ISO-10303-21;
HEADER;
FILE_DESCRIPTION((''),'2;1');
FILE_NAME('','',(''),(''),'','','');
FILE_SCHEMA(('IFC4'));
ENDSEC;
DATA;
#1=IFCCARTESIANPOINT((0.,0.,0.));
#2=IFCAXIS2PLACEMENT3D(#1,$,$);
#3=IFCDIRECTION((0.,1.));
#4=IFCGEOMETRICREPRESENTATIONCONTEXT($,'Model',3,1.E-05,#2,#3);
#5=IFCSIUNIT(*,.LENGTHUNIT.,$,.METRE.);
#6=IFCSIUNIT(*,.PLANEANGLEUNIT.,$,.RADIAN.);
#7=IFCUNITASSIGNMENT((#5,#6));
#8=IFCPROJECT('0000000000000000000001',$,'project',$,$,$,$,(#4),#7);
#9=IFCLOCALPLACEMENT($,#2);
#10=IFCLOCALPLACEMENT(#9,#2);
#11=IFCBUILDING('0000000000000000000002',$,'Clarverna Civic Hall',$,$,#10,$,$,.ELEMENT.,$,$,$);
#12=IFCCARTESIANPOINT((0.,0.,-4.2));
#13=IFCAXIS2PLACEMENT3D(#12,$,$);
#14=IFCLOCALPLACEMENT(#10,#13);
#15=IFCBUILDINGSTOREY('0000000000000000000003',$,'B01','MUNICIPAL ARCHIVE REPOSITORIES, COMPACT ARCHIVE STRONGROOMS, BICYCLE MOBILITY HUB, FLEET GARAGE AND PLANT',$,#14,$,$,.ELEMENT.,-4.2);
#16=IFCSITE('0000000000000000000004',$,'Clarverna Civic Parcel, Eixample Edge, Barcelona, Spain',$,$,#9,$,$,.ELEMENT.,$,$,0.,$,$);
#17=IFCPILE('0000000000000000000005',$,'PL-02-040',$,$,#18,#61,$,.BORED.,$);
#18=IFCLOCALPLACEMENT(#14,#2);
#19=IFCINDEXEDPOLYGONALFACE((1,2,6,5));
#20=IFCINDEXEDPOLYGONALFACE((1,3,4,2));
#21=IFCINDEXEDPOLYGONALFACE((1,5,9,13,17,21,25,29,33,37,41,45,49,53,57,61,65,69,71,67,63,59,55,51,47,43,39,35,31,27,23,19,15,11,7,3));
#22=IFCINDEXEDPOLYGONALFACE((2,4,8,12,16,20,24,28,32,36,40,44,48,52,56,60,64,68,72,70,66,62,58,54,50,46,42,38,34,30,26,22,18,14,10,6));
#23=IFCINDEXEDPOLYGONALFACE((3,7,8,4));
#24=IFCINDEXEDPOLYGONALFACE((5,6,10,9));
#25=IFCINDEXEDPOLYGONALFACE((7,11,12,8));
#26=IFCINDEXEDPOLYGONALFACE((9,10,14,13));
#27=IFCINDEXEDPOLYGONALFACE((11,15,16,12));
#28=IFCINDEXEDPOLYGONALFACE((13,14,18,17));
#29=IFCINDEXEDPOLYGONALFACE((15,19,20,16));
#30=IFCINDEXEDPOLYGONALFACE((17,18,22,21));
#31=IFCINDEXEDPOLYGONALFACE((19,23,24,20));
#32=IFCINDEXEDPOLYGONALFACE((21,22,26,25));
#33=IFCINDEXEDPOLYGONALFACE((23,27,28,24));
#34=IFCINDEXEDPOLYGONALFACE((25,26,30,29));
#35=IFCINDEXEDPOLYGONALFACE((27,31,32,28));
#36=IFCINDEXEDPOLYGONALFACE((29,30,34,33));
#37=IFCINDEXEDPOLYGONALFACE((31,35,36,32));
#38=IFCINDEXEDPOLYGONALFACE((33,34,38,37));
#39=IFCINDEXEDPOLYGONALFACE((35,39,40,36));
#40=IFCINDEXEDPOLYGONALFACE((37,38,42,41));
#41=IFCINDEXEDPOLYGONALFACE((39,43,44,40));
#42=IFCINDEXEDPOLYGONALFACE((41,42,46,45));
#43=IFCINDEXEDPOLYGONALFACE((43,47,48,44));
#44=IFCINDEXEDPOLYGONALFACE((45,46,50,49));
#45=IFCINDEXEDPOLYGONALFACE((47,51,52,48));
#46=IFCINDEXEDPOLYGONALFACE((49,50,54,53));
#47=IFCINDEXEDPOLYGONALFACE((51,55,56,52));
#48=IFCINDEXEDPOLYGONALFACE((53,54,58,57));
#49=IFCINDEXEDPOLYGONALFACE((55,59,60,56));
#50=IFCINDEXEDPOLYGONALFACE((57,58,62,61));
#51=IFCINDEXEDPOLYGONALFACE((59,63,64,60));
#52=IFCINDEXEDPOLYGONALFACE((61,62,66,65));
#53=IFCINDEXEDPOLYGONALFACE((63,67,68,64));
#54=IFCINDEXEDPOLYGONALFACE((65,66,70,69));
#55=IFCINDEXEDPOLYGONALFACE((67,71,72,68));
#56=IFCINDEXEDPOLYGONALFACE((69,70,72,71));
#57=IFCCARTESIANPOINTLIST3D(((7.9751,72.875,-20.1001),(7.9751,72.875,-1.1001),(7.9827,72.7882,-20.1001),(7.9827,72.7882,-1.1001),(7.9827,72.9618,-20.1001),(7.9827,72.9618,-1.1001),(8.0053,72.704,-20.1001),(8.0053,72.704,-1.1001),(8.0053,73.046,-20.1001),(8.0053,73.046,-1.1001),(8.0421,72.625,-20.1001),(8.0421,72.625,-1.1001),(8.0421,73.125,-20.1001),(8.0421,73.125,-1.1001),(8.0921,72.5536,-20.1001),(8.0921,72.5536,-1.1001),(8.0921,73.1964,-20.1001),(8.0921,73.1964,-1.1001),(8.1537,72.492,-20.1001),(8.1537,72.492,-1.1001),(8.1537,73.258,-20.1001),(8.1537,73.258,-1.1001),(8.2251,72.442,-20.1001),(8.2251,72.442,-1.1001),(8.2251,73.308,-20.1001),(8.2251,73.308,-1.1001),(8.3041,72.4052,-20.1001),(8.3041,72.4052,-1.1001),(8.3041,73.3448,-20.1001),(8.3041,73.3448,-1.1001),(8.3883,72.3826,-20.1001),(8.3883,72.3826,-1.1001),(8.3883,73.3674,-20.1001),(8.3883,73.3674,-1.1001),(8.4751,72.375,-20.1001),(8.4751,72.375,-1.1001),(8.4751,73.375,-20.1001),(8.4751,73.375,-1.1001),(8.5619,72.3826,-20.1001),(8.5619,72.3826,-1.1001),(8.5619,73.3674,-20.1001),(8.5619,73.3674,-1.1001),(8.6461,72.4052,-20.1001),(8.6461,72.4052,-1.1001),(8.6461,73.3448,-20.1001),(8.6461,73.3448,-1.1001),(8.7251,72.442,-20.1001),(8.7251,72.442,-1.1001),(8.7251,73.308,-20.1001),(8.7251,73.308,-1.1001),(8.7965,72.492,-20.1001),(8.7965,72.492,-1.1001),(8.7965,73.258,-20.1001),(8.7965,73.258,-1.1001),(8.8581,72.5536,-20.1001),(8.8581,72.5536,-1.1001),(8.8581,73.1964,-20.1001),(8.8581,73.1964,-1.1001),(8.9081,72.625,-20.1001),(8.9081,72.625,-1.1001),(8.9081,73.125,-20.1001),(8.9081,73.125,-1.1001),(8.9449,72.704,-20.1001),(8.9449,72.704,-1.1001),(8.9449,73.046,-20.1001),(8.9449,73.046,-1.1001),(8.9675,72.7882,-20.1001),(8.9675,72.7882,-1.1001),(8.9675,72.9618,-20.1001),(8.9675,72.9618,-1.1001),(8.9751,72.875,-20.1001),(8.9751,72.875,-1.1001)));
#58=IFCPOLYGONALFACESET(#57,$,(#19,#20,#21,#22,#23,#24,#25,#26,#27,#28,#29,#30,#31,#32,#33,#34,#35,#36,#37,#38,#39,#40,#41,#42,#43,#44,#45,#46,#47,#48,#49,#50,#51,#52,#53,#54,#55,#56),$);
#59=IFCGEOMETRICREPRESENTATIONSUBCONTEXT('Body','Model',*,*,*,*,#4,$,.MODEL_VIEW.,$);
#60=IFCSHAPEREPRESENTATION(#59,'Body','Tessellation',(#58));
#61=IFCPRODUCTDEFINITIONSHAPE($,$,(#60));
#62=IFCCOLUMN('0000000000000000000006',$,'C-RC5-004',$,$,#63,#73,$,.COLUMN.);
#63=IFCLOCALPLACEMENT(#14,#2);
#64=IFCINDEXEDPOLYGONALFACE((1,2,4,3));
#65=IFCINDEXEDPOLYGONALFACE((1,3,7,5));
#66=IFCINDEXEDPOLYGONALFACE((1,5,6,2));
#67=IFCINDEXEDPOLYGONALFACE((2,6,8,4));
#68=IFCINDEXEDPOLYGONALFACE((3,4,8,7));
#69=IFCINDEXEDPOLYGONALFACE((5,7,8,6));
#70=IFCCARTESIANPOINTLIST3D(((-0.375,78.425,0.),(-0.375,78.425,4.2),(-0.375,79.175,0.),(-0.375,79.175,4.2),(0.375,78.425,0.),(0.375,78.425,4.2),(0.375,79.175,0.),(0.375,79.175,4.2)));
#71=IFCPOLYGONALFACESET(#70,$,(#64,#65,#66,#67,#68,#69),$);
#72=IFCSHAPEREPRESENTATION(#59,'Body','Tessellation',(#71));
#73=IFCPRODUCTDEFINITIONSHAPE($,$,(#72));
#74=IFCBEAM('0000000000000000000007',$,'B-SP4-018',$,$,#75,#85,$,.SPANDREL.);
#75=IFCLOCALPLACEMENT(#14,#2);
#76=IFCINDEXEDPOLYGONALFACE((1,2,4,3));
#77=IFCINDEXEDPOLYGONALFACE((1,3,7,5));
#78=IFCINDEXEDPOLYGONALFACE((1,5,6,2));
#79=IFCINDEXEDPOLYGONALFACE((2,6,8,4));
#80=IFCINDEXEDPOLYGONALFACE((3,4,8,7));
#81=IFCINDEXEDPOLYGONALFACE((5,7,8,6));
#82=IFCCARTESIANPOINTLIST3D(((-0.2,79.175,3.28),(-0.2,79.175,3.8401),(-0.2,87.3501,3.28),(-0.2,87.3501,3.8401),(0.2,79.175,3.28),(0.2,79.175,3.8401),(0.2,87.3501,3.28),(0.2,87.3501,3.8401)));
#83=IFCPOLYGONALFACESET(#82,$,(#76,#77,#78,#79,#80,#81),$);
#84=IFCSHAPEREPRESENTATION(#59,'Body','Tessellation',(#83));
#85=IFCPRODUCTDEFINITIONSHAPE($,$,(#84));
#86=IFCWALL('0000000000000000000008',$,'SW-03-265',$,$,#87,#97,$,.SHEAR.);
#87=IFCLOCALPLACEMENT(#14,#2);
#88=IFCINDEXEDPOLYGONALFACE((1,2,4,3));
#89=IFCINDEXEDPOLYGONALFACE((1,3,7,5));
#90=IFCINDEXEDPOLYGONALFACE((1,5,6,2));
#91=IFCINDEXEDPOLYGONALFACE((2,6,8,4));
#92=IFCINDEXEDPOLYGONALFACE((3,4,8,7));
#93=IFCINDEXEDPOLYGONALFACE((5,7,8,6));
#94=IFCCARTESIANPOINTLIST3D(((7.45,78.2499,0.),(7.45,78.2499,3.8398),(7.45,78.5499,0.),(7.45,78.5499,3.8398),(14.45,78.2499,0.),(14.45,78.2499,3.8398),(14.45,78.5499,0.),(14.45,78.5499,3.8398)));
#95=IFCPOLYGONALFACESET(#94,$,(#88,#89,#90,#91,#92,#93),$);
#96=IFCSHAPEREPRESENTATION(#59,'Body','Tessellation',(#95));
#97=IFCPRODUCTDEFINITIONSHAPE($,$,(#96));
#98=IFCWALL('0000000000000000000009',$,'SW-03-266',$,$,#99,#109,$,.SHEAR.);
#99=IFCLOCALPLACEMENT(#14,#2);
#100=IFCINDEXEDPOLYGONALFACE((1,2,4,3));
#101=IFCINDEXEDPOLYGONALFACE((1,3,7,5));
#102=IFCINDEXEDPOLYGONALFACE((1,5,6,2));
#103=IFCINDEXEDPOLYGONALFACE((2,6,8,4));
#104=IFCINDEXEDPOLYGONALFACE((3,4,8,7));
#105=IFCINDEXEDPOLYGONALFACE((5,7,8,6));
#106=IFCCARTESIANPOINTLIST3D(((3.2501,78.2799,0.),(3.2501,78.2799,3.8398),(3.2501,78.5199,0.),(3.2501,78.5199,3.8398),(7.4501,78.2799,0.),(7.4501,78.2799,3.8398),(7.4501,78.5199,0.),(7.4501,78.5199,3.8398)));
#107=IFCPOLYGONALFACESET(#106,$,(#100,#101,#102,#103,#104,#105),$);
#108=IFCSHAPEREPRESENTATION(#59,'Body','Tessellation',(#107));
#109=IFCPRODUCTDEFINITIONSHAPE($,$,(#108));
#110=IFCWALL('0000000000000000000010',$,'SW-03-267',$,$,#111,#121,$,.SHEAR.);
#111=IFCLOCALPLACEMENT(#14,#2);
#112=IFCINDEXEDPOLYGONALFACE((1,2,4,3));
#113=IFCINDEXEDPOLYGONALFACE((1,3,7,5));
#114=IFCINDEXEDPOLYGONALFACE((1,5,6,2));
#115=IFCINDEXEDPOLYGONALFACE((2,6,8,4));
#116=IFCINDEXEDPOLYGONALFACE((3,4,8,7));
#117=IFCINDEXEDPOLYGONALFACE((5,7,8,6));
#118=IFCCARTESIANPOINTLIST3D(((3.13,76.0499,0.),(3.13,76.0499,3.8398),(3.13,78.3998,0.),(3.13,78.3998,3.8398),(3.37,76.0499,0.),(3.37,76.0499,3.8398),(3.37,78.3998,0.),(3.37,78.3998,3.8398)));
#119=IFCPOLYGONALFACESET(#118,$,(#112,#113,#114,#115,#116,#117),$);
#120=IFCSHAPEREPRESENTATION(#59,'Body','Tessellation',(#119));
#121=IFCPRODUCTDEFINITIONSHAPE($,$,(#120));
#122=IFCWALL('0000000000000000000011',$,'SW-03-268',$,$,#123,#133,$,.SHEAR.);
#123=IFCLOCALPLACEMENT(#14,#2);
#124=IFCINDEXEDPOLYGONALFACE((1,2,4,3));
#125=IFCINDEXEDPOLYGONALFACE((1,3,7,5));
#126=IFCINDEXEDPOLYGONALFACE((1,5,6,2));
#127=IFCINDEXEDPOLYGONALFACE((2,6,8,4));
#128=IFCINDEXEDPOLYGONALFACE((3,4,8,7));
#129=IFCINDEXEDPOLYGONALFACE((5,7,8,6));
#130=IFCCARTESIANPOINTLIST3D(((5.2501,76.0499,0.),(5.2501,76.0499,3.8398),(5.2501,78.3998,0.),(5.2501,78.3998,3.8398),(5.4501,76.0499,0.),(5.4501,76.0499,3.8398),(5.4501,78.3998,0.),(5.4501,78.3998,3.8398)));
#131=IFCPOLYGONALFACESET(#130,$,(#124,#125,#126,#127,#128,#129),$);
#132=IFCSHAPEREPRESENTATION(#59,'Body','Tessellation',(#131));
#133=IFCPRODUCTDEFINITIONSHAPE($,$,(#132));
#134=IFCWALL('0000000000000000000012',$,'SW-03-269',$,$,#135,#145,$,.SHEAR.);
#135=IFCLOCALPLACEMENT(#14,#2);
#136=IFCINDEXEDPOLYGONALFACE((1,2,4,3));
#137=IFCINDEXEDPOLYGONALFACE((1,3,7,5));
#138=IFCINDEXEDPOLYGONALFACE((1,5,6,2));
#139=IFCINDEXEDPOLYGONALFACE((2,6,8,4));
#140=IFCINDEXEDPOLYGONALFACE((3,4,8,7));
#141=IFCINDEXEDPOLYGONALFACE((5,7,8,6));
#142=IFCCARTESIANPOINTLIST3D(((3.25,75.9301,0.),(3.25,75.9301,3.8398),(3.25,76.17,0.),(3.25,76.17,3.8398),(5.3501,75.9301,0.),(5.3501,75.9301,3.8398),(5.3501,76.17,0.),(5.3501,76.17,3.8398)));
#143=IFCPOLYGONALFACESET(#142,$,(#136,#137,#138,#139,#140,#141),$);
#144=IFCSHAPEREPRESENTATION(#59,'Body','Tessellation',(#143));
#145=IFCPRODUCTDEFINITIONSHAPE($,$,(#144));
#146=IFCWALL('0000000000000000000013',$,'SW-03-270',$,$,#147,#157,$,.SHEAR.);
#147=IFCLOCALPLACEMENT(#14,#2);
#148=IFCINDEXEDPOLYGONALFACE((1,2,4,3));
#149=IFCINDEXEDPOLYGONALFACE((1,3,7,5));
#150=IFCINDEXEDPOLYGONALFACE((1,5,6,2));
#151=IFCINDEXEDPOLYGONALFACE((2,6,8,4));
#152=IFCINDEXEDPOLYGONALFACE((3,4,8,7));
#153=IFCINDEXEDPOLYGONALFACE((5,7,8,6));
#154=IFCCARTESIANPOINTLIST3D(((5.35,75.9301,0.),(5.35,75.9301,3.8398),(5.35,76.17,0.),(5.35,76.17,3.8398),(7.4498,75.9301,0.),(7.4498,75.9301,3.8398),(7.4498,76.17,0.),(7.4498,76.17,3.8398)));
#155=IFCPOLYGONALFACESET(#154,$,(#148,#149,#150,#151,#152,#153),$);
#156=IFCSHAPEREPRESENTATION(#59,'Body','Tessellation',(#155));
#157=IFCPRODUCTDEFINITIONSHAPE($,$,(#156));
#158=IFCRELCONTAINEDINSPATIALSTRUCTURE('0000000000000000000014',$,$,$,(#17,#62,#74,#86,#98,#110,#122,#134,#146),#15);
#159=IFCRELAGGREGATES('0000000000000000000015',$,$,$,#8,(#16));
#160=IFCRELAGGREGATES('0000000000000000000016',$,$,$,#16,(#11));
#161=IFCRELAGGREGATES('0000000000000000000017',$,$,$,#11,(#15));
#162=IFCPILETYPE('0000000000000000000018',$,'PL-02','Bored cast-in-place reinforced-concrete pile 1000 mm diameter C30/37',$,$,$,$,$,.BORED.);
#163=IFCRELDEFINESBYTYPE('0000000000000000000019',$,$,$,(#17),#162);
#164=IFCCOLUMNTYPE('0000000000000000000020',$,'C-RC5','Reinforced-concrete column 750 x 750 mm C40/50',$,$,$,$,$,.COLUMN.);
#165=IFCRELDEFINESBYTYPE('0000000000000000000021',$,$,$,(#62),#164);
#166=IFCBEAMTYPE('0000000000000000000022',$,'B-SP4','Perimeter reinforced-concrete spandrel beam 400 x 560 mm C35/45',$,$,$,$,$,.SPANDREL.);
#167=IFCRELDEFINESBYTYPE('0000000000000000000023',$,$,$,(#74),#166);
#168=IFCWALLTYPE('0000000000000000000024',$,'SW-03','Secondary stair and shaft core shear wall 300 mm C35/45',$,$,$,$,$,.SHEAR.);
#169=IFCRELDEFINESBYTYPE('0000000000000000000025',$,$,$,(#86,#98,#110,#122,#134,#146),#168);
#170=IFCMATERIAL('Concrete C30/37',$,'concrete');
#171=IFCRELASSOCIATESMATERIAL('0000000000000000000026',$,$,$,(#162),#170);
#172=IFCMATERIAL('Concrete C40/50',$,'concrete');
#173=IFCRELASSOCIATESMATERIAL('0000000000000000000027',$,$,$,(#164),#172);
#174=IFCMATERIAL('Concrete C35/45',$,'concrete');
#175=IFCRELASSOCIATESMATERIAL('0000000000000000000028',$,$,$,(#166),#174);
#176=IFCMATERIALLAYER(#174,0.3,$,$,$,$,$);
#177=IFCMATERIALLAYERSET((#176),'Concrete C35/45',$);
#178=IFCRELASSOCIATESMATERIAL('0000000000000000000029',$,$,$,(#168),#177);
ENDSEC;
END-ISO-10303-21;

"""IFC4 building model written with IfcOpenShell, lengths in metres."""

from ifc_helpers import new_model, si_unit, direction, frame, frame_2d, origin, origin_2d, place, context, subcontext, project, spatial, rectangle, circle, extrude, material, layer, layer_set, material_profile, profile_set, type_object, element, save


model = new_model("IFC4")

# Units and contexts
model_context = context("Model", 3, precision=1e-05, world=origin(), true_north=direction((0.0, 1.0)))
body_context = subcontext(model_context, "Body", "Model", "MODEL_VIEW")
ifc_project = project(units=[si_unit("LENGTHUNIT", "METRE"), si_unit("PLANEANGLEUNIT", "RADIAN")], contexts=[model_context])

# Site, building, storey
site_placement = place(None, origin())
site = spatial("IfcSite", under=ifc_project, at=site_placement, Name="Clarverna Civic Parcel, Eixample Edge, Barcelona, Spain", CompositionType="ELEMENT", RefElevation=0.0)
building_placement = place(site_placement, origin())
building = spatial("IfcBuilding", under=site, at=building_placement, Name="Clarverna Civic Hall", CompositionType="ELEMENT")
storey_placement = place(building_placement, frame((0.0, 0.0, -4.2)))
storey = spatial("IfcBuildingStorey", under=building, at=storey_placement, Name="B01", Description="MUNICIPAL ARCHIVE REPOSITORIES, COMPACT ARCHIVE STRONGROOMS, BICYCLE MOBILITY HUB, FLEET GARAGE AND PLANT", CompositionType="ELEMENT", Elevation=-4.2)

# Shared definitions
ifc_material_1 = material(Name="Concrete C30/37", Category="concrete")

# Pile
ifc_material_profile_1 = material_profile(ifc_material_1, circle(Radius=0.5, at=origin_2d()), Name="BORED PILE D1000")
ifc_profile_set_1 = profile_set([ifc_material_profile_1], Name="Concrete C30/37")
pile_type = type_object("IfcPileType", Name="PL-02", Description="Bored cast-in-place reinforced-concrete pile 1000 mm diameter C30/37", PredefinedType="BORED", material=ifc_profile_set_1)
for number, where, z_axis, x_axis, name in (
    (1, (8.4751, 72.875, -1.1001), (0.0, 0.0, -1.0), (1.0, 0.0, 0.0), "PL-02-040"),
):
    element("IfcPile", number, at=place(storey_placement, frame(where, z_axis=z_axis, x_axis=x_axis)), inside=storey, type_object=pile_type, Name=name, PredefinedType="BORED", context=body_context, shape_type="SweptSolid", body=[
        extrude(circle(Radius=0.5, at=origin_2d()), origin(), (0.0, 0.0, 1.0), 19.0),
    ])

# Column
ifc_material_2 = material(Name="Concrete C40/50", Category="concrete")
ifc_material_profile_2 = material_profile(ifc_material_2, rectangle(XDim=0.75, YDim=0.75, at=origin_2d()), Name="RC 750x750")
ifc_profile_set_2 = profile_set([ifc_material_profile_2], Name="Concrete C40/50")
column_type = type_object("IfcColumnType", Name="C-RC5", Description="Reinforced-concrete column 750 x 750 mm C40/50", PredefinedType="COLUMN", material=ifc_profile_set_2)
column_placement = place(storey_placement, frame((0.0, 78.8, 0.0), z_axis=(0.0, 0.0, 1.0), x_axis=(1.0, 0.0, 0.0)))
element("IfcColumn", 2, at=column_placement, inside=storey, type_object=column_type, Name="C-RC5-004", PredefinedType="COLUMN", context=body_context, shape_type="SweptSolid", body=[
    extrude(rectangle(XDim=0.75, YDim=0.75, at=origin_2d()), origin(), (0.0, 0.0, 1.0), 4.2),
])

# Beam
ifc_material_3 = material(Name="Concrete C35/45", Category="concrete")
ifc_material_profile_3 = material_profile(ifc_material_3, rectangle(XDim=0.3999, YDim=0.5601, at=origin_2d()), Name="RC 400x560")
ifc_profile_set_3 = profile_set([ifc_material_profile_3], Name="Concrete C35/45")
beam_type = type_object("IfcBeamType", Name="B-SP4", Description="Perimeter reinforced-concrete spandrel beam 400 x 560 mm C35/45", PredefinedType="SPANDREL", material=ifc_profile_set_3)
beam_placement = place(storey_placement, frame((0.0, 79.175, 3.5601), z_axis=(0.0, 1.0, 0.0), x_axis=(-1.0, 0.0, 0.0)))
element("IfcBeam", 3, at=beam_placement, inside=storey, type_object=beam_type, Name="B-SP4-018", PredefinedType="SPANDREL", context=body_context, shape_type="SweptSolid", body=[
    extrude(rectangle(XDim=0.3999, YDim=0.5601, at=origin_2d()), origin(), (0.0, 0.0, 1.0), 8.175),
])

# Walls
ifc_layer = layer(ifc_material_3, 0.3)
ifc_layer_set = layer_set([ifc_layer], Name="Concrete C35/45")
wall_type = type_object("IfcWallType", Name="SW-03", Description="Secondary stair and shaft core shear wall 300 mm C35/45", PredefinedType="SHEAR", material=ifc_layer_set)
wall_1_placement = place(storey_placement, frame((7.45, 78.3999, 0.0), z_axis=(0.0, 0.0, 1.0), x_axis=(1.0, 0.0, 0.0)))
element("IfcWall", 4, at=wall_1_placement, inside=storey, type_object=wall_type, Name="SW-03-265", PredefinedType="SHEAR", context=body_context, shape_type="SweptSolid", body=[
    extrude(rectangle(XDim=7.0, YDim=0.3, at=frame_2d((3.5, 0.0))), origin(), (0.0, 0.0, 1.0), 3.8398),
])
wall_2_placement = place(storey_placement, frame((3.25, 78.3999, 0.0), z_axis=(0.0, 0.0, 1.0), x_axis=(1.0, 0.0, 0.0)))
element("IfcWall", 5, at=wall_2_placement, inside=storey, type_object=wall_type, Name="SW-03-266", PredefinedType="SHEAR", context=body_context, shape_type="SweptSolid", body=[
    extrude(rectangle(XDim=4.2, YDim=0.24, at=frame_2d((2.1001, 0.0))), origin(), (0.0, 0.0, 1.0), 3.8398),
])
wall_3_placement = place(storey_placement, frame((3.25, 76.05, 0.0), z_axis=(0.0, 0.0, 1.0), x_axis=(0.0, 1.0, 0.0)))
element("IfcWall", 6, at=wall_3_placement, inside=storey, type_object=wall_type, Name="SW-03-267", PredefinedType="SHEAR", context=body_context, shape_type="SweptSolid", body=[
    extrude(rectangle(XDim=2.3499, YDim=0.24, at=frame_2d((1.1748, 0.0))), origin(), (0.0, 0.0, 1.0), 3.8398),
])
wall_4_placement = place(storey_placement, frame((5.3501, 76.05, 0.0), z_axis=(0.0, 0.0, 1.0), x_axis=(0.0, 1.0, 0.0)))
element("IfcWall", 7, at=wall_4_placement, inside=storey, type_object=wall_type, Name="SW-03-268", PredefinedType="SHEAR", context=body_context, shape_type="SweptSolid", body=[
    extrude(rectangle(XDim=2.3499, YDim=0.2, at=frame_2d((1.1748, 0.0))), origin(), (0.0, 0.0, 1.0), 3.8398),
])
wall_5_placement = place(storey_placement, frame((3.25, 76.05, 0.0), z_axis=(0.0, 0.0, 1.0), x_axis=(1.0, 0.0, 0.0)))
element("IfcWall", 8, at=wall_5_placement, inside=storey, type_object=wall_type, Name="SW-03-269", PredefinedType="SHEAR", context=body_context, shape_type="SweptSolid", body=[
    extrude(rectangle(XDim=2.1001, YDim=0.24, at=frame_2d((1.05, 0.0))), origin(), (0.0, 0.0, 1.0), 3.8398),
])
wall_6_placement = place(storey_placement, frame((5.3501, 76.05, 0.0), z_axis=(0.0, 0.0, 1.0), x_axis=(1.0, 0.0, 0.0)))
element("IfcWall", 9, at=wall_6_placement, inside=storey, type_object=wall_type, Name="SW-03-270", PredefinedType="SHEAR", context=body_context, shape_type="SweptSolid", body=[
    extrude(rectangle(XDim=2.0999, YDim=0.24, at=frame_2d((1.0498, 0.0))), origin(), (0.0, 0.0, 1.0), 3.8398),
])

save(model, "model.ifc")
